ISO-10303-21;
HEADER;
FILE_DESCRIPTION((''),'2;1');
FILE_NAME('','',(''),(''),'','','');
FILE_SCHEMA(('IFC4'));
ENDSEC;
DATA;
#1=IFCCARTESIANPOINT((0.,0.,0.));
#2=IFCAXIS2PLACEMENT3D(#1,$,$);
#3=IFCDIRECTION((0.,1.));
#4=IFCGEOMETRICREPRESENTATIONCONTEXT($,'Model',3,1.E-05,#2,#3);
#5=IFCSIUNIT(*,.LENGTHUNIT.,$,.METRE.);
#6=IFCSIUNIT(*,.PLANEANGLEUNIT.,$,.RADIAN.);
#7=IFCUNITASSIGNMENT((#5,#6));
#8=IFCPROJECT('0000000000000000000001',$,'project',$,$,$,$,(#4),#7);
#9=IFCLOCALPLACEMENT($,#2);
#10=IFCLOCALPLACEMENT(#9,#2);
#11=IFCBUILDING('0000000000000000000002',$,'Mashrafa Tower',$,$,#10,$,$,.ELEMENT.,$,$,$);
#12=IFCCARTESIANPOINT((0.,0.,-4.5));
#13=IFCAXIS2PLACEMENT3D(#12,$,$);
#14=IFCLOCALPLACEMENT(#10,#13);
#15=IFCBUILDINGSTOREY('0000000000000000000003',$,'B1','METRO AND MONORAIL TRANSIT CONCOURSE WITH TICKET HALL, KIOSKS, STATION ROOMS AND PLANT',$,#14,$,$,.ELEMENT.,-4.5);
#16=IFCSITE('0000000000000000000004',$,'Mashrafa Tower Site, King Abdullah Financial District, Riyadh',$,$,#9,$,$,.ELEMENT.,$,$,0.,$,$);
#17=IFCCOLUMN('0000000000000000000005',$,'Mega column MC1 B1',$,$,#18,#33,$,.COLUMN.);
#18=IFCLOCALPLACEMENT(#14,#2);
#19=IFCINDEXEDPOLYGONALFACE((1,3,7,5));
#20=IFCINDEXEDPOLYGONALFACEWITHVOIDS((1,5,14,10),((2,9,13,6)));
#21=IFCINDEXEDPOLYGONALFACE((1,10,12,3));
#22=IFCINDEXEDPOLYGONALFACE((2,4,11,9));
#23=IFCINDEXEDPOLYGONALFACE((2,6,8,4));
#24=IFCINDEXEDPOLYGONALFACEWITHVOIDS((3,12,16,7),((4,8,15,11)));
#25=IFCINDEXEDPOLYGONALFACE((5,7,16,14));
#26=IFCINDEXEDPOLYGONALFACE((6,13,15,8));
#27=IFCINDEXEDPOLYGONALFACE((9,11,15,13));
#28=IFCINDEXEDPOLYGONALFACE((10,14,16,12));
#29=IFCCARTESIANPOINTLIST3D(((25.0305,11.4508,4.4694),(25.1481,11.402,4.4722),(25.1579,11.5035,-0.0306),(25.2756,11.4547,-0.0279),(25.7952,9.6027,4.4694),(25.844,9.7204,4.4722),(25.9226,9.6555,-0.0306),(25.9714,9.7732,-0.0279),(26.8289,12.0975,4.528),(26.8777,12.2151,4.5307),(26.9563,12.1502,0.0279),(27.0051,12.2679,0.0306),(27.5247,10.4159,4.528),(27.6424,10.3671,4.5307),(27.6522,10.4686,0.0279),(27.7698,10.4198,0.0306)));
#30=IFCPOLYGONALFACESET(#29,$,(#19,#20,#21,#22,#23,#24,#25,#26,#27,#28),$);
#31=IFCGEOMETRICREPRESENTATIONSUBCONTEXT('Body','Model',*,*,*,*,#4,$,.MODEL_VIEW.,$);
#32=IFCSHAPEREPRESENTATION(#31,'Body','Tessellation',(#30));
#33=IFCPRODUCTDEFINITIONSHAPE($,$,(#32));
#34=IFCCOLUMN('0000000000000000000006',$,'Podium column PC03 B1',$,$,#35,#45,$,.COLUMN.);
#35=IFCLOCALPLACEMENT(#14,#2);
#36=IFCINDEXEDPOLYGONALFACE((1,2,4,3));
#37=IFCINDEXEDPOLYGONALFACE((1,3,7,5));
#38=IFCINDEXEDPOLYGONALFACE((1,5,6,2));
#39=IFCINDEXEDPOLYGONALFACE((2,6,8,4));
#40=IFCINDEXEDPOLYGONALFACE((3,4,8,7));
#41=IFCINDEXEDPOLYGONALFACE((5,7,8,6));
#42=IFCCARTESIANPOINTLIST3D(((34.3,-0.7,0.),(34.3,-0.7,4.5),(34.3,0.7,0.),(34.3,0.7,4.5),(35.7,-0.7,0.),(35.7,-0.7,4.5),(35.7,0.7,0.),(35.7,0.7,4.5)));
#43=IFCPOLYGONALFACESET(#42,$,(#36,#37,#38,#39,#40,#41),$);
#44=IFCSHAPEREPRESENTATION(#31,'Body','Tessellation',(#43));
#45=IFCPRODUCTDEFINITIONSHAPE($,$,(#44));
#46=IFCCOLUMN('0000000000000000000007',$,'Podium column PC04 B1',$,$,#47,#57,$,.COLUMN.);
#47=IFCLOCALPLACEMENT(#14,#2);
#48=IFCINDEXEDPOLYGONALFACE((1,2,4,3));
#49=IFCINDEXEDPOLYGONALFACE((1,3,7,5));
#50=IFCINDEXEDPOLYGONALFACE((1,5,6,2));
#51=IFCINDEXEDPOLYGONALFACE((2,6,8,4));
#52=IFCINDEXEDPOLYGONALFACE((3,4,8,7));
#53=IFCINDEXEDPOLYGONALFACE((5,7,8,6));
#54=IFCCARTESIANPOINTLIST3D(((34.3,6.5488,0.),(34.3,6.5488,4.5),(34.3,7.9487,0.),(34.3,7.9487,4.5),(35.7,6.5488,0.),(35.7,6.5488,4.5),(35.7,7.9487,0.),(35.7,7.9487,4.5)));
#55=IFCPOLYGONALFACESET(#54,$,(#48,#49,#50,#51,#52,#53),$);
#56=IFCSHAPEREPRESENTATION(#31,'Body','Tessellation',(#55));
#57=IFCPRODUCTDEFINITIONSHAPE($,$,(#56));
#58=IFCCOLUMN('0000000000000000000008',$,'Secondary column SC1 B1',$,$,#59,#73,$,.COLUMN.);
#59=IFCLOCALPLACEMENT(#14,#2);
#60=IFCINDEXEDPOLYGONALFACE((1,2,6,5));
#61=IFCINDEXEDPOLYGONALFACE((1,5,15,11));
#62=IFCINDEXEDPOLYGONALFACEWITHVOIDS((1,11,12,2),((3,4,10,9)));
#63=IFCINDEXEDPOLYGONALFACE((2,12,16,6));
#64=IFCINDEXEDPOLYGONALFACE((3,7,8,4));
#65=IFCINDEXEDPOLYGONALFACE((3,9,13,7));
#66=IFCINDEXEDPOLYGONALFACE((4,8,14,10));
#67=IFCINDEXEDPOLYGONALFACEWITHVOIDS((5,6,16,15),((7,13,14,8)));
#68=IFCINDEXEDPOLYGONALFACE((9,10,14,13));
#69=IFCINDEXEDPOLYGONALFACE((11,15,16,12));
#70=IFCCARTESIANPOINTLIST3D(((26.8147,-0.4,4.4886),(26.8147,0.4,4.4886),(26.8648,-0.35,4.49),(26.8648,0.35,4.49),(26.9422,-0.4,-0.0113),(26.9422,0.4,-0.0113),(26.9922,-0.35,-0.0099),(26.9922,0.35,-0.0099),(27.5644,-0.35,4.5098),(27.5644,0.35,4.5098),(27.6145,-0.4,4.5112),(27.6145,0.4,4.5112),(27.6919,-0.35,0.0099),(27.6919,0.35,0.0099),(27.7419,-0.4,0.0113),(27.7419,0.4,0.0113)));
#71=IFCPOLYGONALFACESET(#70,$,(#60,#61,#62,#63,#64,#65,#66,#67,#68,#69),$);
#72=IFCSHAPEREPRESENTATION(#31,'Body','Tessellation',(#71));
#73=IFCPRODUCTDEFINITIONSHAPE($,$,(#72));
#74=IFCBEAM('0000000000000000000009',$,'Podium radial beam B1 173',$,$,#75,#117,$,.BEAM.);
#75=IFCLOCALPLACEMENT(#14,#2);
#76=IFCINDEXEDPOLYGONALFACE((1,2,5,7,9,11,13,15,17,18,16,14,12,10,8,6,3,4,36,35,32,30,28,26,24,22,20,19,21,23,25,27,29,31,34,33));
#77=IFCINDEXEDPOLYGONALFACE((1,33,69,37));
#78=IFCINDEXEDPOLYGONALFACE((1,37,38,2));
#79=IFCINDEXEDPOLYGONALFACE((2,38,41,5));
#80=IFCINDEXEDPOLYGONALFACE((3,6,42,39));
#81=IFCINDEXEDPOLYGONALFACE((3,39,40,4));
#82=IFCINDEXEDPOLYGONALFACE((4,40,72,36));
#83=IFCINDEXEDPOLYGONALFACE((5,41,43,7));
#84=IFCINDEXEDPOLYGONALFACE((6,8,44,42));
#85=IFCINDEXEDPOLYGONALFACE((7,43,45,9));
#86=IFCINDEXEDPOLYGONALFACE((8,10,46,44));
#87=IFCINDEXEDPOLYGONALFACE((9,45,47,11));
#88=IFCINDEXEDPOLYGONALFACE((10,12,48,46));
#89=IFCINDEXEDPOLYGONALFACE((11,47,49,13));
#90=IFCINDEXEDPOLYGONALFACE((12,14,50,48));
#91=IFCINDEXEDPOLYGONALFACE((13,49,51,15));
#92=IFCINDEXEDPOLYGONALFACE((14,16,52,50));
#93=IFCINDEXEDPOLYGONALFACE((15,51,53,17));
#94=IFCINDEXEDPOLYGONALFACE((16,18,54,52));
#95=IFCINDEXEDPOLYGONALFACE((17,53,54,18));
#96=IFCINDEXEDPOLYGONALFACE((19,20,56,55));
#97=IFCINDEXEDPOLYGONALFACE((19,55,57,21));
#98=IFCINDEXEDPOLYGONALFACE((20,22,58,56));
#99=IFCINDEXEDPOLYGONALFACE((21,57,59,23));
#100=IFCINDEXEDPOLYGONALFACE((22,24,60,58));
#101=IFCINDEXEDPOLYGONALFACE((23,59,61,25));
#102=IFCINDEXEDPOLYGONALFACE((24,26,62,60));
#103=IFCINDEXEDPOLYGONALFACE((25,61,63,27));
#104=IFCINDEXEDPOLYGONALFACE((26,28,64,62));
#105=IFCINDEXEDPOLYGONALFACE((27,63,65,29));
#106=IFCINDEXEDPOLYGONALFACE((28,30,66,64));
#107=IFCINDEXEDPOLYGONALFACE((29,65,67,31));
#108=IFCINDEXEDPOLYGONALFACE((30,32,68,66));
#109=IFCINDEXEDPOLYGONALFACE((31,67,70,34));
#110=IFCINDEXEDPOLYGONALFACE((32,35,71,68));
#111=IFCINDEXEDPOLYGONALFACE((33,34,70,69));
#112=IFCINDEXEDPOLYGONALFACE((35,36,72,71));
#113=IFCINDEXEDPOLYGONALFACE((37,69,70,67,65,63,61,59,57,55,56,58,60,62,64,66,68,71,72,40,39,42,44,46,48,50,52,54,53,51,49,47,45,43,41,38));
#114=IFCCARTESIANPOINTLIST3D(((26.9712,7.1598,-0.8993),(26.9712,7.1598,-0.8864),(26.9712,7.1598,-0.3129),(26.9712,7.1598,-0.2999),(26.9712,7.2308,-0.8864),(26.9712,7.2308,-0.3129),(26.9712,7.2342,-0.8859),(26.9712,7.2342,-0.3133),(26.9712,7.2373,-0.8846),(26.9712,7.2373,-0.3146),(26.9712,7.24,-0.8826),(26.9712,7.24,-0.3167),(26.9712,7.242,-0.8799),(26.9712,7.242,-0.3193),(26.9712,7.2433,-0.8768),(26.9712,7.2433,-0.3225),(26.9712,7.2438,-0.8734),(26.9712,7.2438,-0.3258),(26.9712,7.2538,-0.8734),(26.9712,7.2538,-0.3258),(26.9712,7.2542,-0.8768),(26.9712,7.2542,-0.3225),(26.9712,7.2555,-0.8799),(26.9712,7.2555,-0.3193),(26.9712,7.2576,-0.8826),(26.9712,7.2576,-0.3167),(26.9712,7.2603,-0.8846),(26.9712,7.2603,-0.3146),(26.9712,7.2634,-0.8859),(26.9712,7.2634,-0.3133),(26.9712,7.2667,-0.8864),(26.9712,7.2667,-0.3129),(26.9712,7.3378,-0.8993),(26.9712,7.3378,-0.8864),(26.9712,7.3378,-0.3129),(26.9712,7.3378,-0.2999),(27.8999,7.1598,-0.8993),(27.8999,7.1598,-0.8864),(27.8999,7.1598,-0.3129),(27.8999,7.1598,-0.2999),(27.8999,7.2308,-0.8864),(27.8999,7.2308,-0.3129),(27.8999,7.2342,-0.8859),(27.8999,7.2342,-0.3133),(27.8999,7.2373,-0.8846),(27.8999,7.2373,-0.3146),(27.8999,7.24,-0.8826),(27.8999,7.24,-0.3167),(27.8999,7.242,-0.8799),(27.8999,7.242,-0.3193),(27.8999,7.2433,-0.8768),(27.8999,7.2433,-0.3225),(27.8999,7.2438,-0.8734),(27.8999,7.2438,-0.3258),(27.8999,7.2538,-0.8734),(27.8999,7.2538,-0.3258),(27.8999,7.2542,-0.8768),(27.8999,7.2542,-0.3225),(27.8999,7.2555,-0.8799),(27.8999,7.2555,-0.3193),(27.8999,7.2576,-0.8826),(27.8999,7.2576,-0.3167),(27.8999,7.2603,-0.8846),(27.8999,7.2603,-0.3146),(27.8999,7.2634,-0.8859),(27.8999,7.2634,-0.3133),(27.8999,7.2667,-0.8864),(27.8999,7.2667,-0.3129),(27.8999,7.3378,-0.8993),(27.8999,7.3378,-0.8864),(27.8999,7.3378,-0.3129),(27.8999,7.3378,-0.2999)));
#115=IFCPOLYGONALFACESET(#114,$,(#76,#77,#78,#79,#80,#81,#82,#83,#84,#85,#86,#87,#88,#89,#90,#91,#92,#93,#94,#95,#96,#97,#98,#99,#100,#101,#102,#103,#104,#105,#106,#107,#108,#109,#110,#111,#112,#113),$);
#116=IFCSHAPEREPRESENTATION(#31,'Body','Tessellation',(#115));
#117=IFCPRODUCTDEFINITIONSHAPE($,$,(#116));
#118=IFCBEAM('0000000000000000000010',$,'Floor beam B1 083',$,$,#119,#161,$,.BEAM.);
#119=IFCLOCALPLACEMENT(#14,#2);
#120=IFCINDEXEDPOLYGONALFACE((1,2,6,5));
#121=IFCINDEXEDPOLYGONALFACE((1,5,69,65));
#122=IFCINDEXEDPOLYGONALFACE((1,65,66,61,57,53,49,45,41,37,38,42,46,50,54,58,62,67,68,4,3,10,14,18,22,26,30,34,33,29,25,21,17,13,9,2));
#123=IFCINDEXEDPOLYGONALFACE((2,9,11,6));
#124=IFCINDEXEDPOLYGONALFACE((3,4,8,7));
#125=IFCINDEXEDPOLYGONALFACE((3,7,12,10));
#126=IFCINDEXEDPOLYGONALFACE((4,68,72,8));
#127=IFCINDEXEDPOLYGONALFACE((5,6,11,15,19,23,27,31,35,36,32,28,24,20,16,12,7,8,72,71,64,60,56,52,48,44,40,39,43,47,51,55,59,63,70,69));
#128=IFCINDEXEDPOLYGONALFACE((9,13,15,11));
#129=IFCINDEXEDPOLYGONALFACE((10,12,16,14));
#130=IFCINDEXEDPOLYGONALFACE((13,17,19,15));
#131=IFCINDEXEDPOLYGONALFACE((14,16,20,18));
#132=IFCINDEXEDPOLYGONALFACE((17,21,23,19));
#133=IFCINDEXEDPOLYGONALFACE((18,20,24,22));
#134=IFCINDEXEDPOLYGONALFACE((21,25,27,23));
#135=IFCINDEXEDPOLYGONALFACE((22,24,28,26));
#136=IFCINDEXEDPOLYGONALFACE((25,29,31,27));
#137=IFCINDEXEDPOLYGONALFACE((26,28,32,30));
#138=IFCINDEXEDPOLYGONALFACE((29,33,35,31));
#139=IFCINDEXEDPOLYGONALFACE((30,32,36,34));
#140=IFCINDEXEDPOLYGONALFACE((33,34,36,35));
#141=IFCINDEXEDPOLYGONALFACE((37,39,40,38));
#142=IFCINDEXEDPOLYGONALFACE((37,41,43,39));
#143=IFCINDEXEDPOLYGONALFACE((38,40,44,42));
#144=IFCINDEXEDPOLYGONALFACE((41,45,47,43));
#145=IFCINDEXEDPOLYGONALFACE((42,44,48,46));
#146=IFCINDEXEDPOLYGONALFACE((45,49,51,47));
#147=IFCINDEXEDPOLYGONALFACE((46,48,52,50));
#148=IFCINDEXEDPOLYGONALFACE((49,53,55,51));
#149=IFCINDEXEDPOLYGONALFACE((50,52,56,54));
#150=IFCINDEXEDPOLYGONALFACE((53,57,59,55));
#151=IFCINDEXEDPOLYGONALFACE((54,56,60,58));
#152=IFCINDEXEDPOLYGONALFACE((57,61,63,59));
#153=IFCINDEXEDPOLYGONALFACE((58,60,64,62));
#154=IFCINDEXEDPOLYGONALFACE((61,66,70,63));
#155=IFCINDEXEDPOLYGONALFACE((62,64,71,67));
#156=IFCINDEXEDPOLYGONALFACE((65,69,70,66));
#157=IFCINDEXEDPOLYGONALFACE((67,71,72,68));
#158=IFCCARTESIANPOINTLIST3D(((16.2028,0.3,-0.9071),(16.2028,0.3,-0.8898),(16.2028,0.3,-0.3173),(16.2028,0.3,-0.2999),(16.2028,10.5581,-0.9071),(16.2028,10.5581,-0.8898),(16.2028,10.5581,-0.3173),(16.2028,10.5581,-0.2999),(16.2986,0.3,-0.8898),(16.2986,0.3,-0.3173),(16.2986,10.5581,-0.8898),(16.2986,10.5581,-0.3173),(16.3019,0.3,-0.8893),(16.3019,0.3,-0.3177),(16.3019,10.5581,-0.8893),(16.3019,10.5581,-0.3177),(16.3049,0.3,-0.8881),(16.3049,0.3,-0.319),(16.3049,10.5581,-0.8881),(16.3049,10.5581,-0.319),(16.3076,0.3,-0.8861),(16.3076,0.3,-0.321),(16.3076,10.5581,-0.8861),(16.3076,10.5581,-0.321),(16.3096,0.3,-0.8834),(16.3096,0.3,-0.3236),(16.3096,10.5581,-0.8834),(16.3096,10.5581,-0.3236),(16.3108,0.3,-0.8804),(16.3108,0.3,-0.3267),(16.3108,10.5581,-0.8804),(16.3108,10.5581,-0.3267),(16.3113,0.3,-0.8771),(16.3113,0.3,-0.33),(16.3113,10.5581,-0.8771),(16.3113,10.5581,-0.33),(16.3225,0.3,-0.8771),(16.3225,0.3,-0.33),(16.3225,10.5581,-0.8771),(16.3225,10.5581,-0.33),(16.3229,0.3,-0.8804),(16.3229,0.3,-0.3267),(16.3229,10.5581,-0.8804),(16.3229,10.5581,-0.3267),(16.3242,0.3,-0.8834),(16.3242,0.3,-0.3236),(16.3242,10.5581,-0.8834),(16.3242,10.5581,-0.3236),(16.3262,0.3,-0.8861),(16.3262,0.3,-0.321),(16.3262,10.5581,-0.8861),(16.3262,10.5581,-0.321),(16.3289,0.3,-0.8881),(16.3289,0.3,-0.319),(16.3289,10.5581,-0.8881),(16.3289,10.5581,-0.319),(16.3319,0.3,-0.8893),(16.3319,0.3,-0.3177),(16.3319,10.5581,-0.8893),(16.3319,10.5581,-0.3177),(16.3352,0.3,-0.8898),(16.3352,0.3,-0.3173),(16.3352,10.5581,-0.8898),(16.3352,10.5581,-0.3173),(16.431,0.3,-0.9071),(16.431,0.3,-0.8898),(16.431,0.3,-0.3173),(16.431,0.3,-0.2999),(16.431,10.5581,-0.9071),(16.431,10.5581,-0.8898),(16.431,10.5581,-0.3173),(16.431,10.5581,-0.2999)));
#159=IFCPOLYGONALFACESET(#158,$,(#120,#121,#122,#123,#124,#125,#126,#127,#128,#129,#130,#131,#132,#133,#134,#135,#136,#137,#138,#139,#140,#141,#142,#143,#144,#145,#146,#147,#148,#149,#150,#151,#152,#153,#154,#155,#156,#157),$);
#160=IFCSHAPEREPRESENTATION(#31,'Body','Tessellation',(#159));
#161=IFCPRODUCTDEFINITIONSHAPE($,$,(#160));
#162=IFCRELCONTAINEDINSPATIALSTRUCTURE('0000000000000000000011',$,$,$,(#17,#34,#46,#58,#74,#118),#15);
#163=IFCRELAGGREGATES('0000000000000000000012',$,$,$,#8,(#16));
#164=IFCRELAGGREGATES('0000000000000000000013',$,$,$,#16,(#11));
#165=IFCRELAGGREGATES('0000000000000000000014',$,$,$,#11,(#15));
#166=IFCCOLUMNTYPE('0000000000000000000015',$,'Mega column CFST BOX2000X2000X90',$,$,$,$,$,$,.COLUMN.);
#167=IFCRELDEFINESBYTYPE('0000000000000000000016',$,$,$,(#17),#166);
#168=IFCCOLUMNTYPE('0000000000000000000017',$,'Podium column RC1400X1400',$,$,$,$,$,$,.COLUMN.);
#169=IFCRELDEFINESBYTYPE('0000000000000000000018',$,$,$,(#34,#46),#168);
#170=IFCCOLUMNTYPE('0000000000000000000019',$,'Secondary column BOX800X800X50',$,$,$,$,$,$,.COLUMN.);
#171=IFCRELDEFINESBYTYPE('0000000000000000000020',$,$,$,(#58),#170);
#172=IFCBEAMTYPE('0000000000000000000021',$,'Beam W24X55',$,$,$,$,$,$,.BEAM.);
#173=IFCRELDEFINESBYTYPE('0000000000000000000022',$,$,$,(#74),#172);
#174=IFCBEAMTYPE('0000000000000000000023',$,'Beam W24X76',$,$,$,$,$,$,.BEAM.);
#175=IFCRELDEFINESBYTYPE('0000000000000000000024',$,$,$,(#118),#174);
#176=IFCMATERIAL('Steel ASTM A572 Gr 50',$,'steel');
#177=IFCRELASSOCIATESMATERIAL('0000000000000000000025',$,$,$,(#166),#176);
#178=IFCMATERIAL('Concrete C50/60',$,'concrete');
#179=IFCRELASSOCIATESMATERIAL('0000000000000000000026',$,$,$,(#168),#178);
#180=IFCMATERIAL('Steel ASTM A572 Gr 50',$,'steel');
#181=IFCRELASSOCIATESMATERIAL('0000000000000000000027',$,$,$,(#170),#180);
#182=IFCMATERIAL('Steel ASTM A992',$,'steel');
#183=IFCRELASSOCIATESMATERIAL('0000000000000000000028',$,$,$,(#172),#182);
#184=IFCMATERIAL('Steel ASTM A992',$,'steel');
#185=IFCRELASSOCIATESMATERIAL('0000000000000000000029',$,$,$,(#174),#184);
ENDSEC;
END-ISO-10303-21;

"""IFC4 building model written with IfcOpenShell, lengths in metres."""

from ifc_helpers import new_model, si_unit, direction, frame, origin, origin_2d, place, context, subcontext, project, spatial, rectangle, hollow_rectangle, i_section, extrude, material, material_profile, profile_set, type_object, element, save


model = new_model("IFC4")

# Units and contexts
model_context = context("Model", 3, precision=1e-05, world=origin(), true_north=direction((0.0, 1.0)))
body_context = subcontext(model_context, "Body", "Model", "MODEL_VIEW")
ifc_project = project(units=[si_unit("LENGTHUNIT", "METRE"), si_unit("PLANEANGLEUNIT", "RADIAN")], contexts=[model_context])

# Site, building, storey
site_placement = place(None, origin())
site = spatial("IfcSite", under=ifc_project, at=site_placement, Name="Mashrafa Tower Site, King Abdullah Financial District, Riyadh", CompositionType="ELEMENT", RefElevation=0.0)
building_placement = place(site_placement, origin())
building = spatial("IfcBuilding", under=site, at=building_placement, Name="Mashrafa Tower", CompositionType="ELEMENT")
storey_placement = place(building_placement, frame((0.0, 0.0, -4.5)))
storey = spatial("IfcBuildingStorey", under=building, at=storey_placement, Name="B1", Description="METRO AND MONORAIL TRANSIT CONCOURSE WITH TICKET HALL, KIOSKS, STATION ROOMS AND PLANT", CompositionType="ELEMENT", Elevation=-4.5)

# Columns
ifc_material_1 = material(Name="Steel ASTM A572 Gr 50", Category="steel")
ifc_material_profile_1 = material_profile(ifc_material_1, hollow_rectangle(XDim=2.0, YDim=2.0, WallThickness=0.0901, at=origin_2d()), Name="BOX2000X2000X90")
ifc_profile_set_1 = profile_set([ifc_material_profile_1], Name="Steel ASTM A572 Gr 50")
column_type_1 = type_object("IfcColumnType", Name="Mega column CFST BOX2000X2000X90", PredefinedType="COLUMN", material=ifc_profile_set_1)
column_1_placement = place(storey_placement, frame((26.4639, 10.9617, 0.0), z_axis=(-0.028307, -0.011713, 0.999531), x_axis=(0.382352, -0.924017, 0.0)))
element("IfcColumn", 1, at=column_1_placement, inside=storey, type_object=column_type_1, Name="Mega column MC1 B1", PredefinedType="COLUMN", context=body_context, shape_type="SweptSolid", body=[
    extrude(hollow_rectangle(XDim=2.0, YDim=2.0, WallThickness=0.0901, at=origin_2d()), origin(), (0.0, 0.0, 1.0), 4.5022),
])
ifc_material_2 = material(Name="Concrete C50/60", Category="concrete")
ifc_material_profile_2 = material_profile(ifc_material_2, rectangle(XDim=1.3999, YDim=1.3999, at=origin_2d()), Name="RC1400X1400")
ifc_profile_set_2 = profile_set([ifc_material_profile_2], Name="Concrete C50/60")
column_type_2 = type_object("IfcColumnType", Name="Podium column RC1400X1400", PredefinedType="COLUMN", material=ifc_profile_set_2)
for number, where, z_axis, x_axis, name in (
    (2, (35.0, 0.0, 0.0), (0.0, 0.0, 1.0), (1.0, 0.0, 0.0), "Podium column PC03 B1"),
    (3, (35.0, 7.2488, 0.0), (0.0, 0.0, 1.0), (1.0, 0.0, 0.0), "Podium column PC04 B1"),
):
    element("IfcColumn", number, at=place(storey_placement, frame(where, z_axis=z_axis, x_axis=x_axis)), inside=storey, type_object=column_type_2, Name=name, PredefinedType="COLUMN", context=body_context, shape_type="SweptSolid", body=[
        extrude(rectangle(XDim=1.3999, YDim=1.3999, at=origin_2d()), origin(), (0.0, 0.0, 1.0), 4.5),
    ])
ifc_material_3 = material(Name="Steel ASTM A572 Gr 50", Category="steel")
ifc_material_profile_3 = material_profile(ifc_material_3, hollow_rectangle(XDim=0.8, YDim=0.8, WallThickness=0.05, at=origin_2d()), Name="BOX800X800X50")
ifc_profile_set_3 = profile_set([ifc_material_profile_3], Name="Steel ASTM A572 Gr 50")
column_type_3 = type_object("IfcColumnType", Name="Secondary column BOX800X800X50", PredefinedType="COLUMN", material=ifc_profile_set_3)
column_2_placement = place(storey_placement, frame((27.342, 0.0, 0.0), z_axis=(-0.028309, 0.0, 0.999599), x_axis=(0.0, -1.0, 0.0)))
element("IfcColumn", 4, at=column_2_placement, inside=storey, type_object=column_type_3, Name="Secondary column SC1 B1", PredefinedType="COLUMN", context=body_context, shape_type="SweptSolid", body=[
    extrude(hollow_rectangle(XDim=0.8, YDim=0.8, WallThickness=0.05, at=origin_2d()), origin(), (0.0, 0.0, 1.0), 4.5017),
])

# Beams
ifc_material_4 = material(Name="Steel ASTM A992", Category="steel")
ifc_material_profile_4 = material_profile(ifc_material_4, i_section(OverallWidth=0.178, OverallDepth=0.5994, WebThickness=0.01, FlangeThickness=0.0129, FilletRadius=0.0129, at=origin_2d()), Name="W24X55")
ifc_profile_set_4 = profile_set([ifc_material_profile_4], Name="Steel ASTM A992")
beam_type_1 = type_object("IfcBeamType", Name="Beam W24X55", PredefinedType="BEAM", material=ifc_profile_set_4)
beam_1_placement = place(storey_placement, frame((26.9712, 7.2488, -0.5996), z_axis=(1.0, 0.0, 0.0), x_axis=(0.0, 1.0, 0.0)))
element("IfcBeam", 5, at=beam_1_placement, inside=storey, type_object=beam_type_1, Name="Podium radial beam B1 173", PredefinedType="BEAM", context=body_context, shape_type="SweptSolid", body=[
    extrude(i_section(OverallWidth=0.178, OverallDepth=0.5994, WebThickness=0.01, FlangeThickness=0.0129, FilletRadius=0.0129, at=origin_2d()), origin(), (0.0, 0.0, 1.0), 0.9287),
])
ifc_material_5 = material(Name="Steel ASTM A992", Category="steel")
ifc_material_profile_5 = material_profile(ifc_material_5, i_section(OverallWidth=0.2283, OverallDepth=0.6072, WebThickness=0.0112, FlangeThickness=0.0173, FilletRadius=0.0127, at=origin_2d()), Name="W24X76")
ifc_profile_set_5 = profile_set([ifc_material_profile_5], Name="Steel ASTM A992")
beam_type_2 = type_object("IfcBeamType", Name="Beam W24X76", PredefinedType="BEAM", material=ifc_profile_set_5)
beam_2_placement = place(storey_placement, frame((16.3169, 10.5581, -0.6035), z_axis=(0.0, -1.0, 0.0), x_axis=(1.0, 0.0, 0.0)))
element("IfcBeam", 6, at=beam_2_placement, inside=storey, type_object=beam_type_2, Name="Floor beam B1 083", PredefinedType="BEAM", context=body_context, shape_type="SweptSolid", body=[
    extrude(i_section(OverallWidth=0.2283, OverallDepth=0.6072, WebThickness=0.0112, FlangeThickness=0.0173, FilletRadius=0.0127, at=origin_2d()), origin(), (0.0, 0.0, 1.0), 10.2581),
])

save(model, "model.ifc")
